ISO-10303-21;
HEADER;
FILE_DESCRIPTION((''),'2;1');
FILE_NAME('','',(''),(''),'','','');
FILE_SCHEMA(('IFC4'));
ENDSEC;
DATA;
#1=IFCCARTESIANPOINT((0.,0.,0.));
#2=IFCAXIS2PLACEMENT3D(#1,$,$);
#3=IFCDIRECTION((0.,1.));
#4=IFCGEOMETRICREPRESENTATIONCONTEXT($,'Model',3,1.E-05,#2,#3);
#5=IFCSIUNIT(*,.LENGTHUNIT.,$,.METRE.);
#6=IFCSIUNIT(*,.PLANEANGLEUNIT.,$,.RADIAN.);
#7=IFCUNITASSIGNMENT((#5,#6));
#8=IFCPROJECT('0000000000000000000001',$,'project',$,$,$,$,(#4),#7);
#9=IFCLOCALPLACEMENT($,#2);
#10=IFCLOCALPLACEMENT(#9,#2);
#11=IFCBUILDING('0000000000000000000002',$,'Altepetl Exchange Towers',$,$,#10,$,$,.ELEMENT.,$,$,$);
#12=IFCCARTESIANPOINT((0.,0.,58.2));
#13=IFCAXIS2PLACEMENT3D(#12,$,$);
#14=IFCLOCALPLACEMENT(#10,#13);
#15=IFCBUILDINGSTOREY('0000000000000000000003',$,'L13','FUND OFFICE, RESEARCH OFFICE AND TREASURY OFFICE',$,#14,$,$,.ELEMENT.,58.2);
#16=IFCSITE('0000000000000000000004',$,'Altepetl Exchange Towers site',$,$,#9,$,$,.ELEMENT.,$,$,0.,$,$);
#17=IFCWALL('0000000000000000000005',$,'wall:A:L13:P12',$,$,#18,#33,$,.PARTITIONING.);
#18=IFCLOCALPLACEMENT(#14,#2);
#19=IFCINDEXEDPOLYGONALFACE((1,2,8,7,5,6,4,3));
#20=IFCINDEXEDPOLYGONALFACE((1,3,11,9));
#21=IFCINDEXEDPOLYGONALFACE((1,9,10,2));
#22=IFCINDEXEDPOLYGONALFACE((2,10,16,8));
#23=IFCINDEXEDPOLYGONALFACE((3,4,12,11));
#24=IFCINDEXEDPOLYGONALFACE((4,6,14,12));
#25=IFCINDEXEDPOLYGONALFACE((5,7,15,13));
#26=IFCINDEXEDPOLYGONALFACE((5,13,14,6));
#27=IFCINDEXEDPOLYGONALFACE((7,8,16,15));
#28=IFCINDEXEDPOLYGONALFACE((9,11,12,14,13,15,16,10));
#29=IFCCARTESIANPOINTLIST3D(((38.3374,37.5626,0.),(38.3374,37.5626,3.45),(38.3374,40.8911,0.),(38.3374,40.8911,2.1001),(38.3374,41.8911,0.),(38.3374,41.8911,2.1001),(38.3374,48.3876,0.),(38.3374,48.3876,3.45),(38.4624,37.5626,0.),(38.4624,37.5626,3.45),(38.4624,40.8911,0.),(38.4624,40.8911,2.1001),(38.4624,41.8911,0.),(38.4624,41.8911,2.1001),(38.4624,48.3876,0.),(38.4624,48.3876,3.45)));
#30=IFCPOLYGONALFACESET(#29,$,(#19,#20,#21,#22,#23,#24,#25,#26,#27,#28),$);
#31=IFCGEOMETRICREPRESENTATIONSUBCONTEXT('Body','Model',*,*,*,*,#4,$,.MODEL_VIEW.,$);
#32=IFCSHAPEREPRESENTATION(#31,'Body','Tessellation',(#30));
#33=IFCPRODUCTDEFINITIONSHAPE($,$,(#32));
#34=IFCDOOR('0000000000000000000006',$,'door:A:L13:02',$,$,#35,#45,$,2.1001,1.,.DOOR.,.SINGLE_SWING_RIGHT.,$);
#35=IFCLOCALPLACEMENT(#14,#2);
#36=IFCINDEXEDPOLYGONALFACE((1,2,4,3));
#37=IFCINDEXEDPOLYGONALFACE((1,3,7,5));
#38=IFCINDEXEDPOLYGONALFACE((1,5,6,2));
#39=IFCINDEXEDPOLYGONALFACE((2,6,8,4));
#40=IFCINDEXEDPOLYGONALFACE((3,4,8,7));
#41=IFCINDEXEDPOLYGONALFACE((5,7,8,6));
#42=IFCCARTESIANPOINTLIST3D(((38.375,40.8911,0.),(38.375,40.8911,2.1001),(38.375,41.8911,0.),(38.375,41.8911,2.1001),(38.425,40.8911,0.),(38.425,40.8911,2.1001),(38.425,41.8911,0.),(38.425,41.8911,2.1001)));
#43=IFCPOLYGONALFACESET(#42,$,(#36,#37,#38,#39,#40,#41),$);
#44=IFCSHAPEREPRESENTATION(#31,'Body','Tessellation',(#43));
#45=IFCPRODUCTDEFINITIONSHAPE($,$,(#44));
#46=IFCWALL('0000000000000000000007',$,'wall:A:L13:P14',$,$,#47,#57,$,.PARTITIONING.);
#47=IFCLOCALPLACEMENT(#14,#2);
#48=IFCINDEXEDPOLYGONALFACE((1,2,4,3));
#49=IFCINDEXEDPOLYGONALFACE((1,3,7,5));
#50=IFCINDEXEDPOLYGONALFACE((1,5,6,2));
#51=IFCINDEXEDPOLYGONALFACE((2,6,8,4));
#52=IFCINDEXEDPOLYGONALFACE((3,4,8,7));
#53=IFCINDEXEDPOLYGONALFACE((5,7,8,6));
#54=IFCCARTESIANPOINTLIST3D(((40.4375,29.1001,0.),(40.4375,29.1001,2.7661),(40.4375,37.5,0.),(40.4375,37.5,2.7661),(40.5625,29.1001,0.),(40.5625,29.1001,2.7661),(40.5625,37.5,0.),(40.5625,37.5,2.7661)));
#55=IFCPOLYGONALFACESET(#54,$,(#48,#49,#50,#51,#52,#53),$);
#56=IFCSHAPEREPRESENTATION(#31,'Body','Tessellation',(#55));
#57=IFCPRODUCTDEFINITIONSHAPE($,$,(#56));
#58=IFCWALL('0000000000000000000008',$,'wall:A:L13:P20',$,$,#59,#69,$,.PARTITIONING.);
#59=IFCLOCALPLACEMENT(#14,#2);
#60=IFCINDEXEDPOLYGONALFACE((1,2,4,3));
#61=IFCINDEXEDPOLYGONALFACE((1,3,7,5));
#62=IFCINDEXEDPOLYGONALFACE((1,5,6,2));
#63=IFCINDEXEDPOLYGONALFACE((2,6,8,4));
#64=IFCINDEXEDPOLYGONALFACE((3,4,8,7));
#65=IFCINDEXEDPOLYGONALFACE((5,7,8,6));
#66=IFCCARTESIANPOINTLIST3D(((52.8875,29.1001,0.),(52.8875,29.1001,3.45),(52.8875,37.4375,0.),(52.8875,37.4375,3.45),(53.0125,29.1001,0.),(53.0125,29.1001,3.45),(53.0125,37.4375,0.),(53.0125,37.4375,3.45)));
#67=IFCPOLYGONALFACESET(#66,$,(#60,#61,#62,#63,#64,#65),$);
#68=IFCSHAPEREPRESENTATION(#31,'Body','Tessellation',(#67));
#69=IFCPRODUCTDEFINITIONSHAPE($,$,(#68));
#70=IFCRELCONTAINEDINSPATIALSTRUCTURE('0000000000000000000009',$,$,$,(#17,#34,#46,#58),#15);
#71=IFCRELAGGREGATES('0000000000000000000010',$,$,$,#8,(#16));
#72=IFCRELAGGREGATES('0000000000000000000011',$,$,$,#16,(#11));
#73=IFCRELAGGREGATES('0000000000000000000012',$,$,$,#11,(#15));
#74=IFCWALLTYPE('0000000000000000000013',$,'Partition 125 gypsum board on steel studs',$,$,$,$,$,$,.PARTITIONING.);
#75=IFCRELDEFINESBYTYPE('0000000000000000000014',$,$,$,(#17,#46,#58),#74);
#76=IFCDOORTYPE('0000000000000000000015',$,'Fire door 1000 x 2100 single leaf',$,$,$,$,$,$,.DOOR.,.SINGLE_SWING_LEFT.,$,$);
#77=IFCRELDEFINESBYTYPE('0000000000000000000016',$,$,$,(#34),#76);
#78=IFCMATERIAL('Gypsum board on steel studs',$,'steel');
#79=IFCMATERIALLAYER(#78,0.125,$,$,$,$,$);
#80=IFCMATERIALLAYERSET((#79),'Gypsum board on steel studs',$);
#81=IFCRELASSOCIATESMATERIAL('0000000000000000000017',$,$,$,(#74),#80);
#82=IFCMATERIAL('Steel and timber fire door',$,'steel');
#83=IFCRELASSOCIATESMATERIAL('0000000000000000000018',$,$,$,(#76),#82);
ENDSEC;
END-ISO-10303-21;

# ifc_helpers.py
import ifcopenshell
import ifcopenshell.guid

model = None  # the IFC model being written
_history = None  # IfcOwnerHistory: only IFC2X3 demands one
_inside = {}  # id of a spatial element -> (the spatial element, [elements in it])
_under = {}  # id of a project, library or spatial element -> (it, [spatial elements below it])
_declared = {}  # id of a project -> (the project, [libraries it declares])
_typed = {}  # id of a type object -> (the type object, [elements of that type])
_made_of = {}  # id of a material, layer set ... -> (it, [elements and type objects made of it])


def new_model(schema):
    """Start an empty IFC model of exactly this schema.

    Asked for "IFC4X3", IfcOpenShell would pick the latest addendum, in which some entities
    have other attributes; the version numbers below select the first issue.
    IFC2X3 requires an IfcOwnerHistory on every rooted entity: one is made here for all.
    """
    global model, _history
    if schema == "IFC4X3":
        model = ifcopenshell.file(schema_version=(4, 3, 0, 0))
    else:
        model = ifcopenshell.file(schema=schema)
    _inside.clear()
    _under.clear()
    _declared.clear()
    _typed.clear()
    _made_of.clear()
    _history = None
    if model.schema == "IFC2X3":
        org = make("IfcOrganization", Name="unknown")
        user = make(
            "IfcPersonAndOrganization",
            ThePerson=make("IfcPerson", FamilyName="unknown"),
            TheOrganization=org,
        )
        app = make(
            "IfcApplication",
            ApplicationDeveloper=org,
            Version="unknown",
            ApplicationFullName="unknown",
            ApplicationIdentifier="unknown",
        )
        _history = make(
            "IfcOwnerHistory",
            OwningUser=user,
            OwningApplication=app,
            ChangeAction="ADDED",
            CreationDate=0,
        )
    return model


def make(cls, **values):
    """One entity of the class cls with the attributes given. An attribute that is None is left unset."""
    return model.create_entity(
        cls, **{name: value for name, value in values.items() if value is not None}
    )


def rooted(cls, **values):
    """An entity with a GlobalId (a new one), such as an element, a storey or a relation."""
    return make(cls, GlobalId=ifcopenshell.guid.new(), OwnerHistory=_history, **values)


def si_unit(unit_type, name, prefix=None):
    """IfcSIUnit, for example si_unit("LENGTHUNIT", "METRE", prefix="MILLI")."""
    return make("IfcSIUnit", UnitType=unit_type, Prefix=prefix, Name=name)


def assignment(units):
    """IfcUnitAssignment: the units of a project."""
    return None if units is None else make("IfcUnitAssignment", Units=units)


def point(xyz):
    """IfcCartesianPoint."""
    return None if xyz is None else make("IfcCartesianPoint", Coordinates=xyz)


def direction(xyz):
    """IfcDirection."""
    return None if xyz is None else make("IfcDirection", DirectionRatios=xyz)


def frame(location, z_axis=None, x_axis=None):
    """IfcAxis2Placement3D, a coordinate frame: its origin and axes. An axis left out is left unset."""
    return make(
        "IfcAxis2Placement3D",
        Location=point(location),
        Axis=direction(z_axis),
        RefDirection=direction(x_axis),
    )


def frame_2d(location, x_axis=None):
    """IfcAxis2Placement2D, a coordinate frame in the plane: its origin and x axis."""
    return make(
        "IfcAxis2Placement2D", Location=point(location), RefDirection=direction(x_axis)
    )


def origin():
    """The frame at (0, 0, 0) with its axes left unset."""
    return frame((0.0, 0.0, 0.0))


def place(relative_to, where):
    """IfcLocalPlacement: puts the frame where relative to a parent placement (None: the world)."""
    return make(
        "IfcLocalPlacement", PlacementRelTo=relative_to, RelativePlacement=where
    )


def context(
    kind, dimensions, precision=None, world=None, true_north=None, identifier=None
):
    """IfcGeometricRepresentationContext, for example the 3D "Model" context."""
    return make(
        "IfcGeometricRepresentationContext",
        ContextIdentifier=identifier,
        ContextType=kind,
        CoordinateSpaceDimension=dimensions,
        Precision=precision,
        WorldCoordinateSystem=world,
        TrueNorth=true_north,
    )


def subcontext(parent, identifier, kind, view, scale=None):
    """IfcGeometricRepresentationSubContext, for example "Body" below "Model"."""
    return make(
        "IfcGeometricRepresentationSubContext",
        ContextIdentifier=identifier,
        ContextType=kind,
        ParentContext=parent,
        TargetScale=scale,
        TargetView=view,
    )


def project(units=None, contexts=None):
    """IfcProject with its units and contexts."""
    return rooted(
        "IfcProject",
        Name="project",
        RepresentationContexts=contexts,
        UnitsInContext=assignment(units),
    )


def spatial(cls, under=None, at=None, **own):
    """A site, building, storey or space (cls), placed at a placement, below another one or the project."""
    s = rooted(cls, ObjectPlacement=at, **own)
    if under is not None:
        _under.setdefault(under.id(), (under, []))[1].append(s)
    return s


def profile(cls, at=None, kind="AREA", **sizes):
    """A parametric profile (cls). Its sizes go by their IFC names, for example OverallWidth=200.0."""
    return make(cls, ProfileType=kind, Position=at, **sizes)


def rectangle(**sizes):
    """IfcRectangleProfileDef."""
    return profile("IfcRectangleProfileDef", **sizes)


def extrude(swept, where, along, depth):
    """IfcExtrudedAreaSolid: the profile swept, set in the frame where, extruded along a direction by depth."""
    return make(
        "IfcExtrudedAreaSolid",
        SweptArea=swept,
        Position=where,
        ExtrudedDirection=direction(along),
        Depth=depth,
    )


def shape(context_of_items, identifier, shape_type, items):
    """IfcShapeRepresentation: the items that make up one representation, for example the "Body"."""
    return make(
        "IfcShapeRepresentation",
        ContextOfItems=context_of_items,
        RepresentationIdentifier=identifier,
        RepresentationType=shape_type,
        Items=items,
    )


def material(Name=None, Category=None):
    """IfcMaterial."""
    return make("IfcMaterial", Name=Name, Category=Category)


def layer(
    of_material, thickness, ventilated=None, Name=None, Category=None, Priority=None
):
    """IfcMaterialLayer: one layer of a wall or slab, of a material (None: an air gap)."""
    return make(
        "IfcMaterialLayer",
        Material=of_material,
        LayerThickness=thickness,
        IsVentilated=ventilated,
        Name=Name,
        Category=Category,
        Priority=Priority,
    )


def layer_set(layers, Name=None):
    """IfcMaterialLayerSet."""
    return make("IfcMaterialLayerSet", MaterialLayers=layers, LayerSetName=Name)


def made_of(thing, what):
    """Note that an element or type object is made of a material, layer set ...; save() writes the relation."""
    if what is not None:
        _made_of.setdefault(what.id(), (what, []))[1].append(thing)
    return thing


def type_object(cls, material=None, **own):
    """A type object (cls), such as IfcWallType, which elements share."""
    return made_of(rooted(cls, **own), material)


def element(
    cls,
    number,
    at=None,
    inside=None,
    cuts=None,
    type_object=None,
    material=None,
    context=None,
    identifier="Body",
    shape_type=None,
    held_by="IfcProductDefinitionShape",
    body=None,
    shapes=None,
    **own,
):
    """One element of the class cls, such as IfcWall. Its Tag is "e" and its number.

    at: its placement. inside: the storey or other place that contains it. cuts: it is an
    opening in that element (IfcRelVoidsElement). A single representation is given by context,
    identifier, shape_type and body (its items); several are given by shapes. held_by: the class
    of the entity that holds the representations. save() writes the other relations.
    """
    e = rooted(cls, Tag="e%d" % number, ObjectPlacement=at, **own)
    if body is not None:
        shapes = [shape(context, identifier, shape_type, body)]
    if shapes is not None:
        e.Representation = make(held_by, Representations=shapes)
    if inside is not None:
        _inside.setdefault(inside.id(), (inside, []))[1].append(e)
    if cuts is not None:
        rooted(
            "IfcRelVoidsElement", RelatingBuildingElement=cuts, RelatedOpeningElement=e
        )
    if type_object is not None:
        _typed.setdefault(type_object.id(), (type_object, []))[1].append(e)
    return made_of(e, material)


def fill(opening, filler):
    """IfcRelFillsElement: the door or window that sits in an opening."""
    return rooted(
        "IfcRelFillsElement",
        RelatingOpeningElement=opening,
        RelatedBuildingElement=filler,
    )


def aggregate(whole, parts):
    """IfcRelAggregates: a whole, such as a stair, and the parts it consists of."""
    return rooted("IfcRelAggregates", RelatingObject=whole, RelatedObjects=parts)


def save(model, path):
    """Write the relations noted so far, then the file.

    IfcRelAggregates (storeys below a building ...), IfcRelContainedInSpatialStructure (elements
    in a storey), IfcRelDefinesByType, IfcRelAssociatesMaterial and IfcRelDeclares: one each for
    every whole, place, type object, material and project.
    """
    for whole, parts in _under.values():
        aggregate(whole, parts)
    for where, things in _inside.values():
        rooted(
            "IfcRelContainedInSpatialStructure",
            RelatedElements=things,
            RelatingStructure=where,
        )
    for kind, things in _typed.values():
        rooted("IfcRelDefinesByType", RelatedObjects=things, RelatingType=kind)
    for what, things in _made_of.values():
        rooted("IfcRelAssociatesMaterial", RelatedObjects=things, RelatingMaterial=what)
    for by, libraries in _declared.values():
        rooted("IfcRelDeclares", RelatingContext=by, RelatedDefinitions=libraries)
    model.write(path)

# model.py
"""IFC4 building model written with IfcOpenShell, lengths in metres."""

from ifc_helpers import new_model, si_unit, direction, frame, frame_2d, origin, place, context, subcontext, project, spatial, rectangle, extrude, material, layer, layer_set, type_object, element, fill, save


model = new_model("IFC4")

# Units and contexts
model_context = context("Model", 3, precision=1e-05, world=origin(), true_north=direction((0.0, 1.0)))
body_context = subcontext(model_context, "Body", "Model", "MODEL_VIEW")
ifc_project = project(units=[si_unit("LENGTHUNIT", "METRE"), si_unit("PLANEANGLEUNIT", "RADIAN")], contexts=[model_context])

# Site, building, storey
site_placement = place(None, origin())
site = spatial("IfcSite", under=ifc_project, at=site_placement, Name="Altepetl Exchange Towers site", CompositionType="ELEMENT", RefElevation=0.0)
building_placement = place(site_placement, origin())
building = spatial("IfcBuilding", under=site, at=building_placement, Name="Altepetl Exchange Towers", CompositionType="ELEMENT")
storey_placement = place(building_placement, frame((0.0, 0.0, 58.2)))
storey = spatial("IfcBuildingStorey", under=building, at=storey_placement, Name="L13", Description="FUND OFFICE, RESEARCH OFFICE AND TREASURY OFFICE", CompositionType="ELEMENT", Elevation=58.2)

# Shared definitions
ifc_material_1 = material(Name="Steel and timber fire door", Category="steel")

# Wall, opening, door
ifc_material_2 = material(Name="Gypsum board on steel studs", Category="steel")
ifc_layer_1 = layer(ifc_material_2, 0.125)
ifc_layer_set_1 = layer_set([ifc_layer_1], Name="Gypsum board on steel studs")
wall_type_1 = type_object("IfcWallType", Name="Partition 125 gypsum board on steel studs", PredefinedType="PARTITIONING", material=ifc_layer_set_1)
wall_1_placement = place(storey_placement, frame((38.3999, 37.5625, 0.0), z_axis=(0.0, 0.0, 1.0), x_axis=(0.0, 1.0, 0.0)))
wall_1 = element("IfcWall", 1, at=wall_1_placement, inside=storey, type_object=wall_type_1, Name="wall:A:L13:P12", PredefinedType="PARTITIONING", context=body_context, shape_type="SweptSolid", body=[
    extrude(rectangle(XDim=10.825, YDim=0.125, at=frame_2d((5.4126, 0.0))), origin(), (0.0, 0.0, 1.0), 3.45),
])
opening_1_placement = place(wall_1_placement, frame((3.3286, 0.0, 0.0)))
opening_1 = element("IfcOpeningElement", 2, at=opening_1_placement, cuts=wall_1, PredefinedType="OPENING", context=body_context, shape_type="SweptSolid", body=[
    extrude(rectangle(XDim=1.0, YDim=2.1001, at=frame_2d((0.5, 1.05))), frame((0.0, 0.0725, 0.0), z_axis=(0.0, -1.0, 0.0), x_axis=(1.0, 0.0, 0.0)), (0.0, 0.0, 1.0), 0.145),
])
door_type_1 = type_object("IfcDoorType", Name="Fire door 1000 x 2100 single leaf", OperationType="SINGLE_SWING_LEFT", PredefinedType="DOOR", material=ifc_material_1)
door_1_placement = place(opening_1_placement, origin())
door_1 = element("IfcDoor", 3, at=door_1_placement, inside=storey, type_object=door_type_1, Name="door:A:L13:02", OperationType="SINGLE_SWING_RIGHT", OverallHeight=2.1001, OverallWidth=1.0, PredefinedType="DOOR", context=body_context, shape_type="SweptSolid", body=[
    extrude(rectangle(XDim=1.0, YDim=2.1001, at=frame_2d((0.5, 1.05))), frame((0.0, 0.0249, 0.0), z_axis=(0.0, -1.0, 0.0), x_axis=(1.0, 0.0, 0.0)), (0.0, 0.0, 1.0), 0.05),
])
fill(opening_1, door_1)

# Walls
wall_2_placement = place(storey_placement, frame((40.5, 29.1001, 0.0), z_axis=(0.0, 0.0, 1.0), x_axis=(0.0, 1.0, 0.0)))
element("IfcWall", 4, at=wall_2_placement, inside=storey, type_object=wall_type_1, Name="wall:A:L13:P14", PredefinedType="PARTITIONING", context=body_context, shape_type="SweptSolid", body=[
    extrude(rectangle(XDim=8.3999, YDim=0.125, at=frame_2d((4.2, 0.0))), origin(), (0.0, 0.0, 1.0), 2.7661),
])
wall_3_placement = place(storey_placement, frame((52.95, 29.1001, 0.0), z_axis=(0.0, 0.0, 1.0), x_axis=(0.0, 1.0, 0.0)))
element("IfcWall", 5, at=wall_3_placement, inside=storey, type_object=wall_type_1, Name="wall:A:L13:P20", PredefinedType="PARTITIONING", context=body_context, shape_type="SweptSolid", body=[
    extrude(rectangle(XDim=8.3374, YDim=0.125, at=frame_2d((4.1687, 0.0))), origin(), (0.0, 0.0, 1.0), 3.45),
])

save(model, "model.ifc")
